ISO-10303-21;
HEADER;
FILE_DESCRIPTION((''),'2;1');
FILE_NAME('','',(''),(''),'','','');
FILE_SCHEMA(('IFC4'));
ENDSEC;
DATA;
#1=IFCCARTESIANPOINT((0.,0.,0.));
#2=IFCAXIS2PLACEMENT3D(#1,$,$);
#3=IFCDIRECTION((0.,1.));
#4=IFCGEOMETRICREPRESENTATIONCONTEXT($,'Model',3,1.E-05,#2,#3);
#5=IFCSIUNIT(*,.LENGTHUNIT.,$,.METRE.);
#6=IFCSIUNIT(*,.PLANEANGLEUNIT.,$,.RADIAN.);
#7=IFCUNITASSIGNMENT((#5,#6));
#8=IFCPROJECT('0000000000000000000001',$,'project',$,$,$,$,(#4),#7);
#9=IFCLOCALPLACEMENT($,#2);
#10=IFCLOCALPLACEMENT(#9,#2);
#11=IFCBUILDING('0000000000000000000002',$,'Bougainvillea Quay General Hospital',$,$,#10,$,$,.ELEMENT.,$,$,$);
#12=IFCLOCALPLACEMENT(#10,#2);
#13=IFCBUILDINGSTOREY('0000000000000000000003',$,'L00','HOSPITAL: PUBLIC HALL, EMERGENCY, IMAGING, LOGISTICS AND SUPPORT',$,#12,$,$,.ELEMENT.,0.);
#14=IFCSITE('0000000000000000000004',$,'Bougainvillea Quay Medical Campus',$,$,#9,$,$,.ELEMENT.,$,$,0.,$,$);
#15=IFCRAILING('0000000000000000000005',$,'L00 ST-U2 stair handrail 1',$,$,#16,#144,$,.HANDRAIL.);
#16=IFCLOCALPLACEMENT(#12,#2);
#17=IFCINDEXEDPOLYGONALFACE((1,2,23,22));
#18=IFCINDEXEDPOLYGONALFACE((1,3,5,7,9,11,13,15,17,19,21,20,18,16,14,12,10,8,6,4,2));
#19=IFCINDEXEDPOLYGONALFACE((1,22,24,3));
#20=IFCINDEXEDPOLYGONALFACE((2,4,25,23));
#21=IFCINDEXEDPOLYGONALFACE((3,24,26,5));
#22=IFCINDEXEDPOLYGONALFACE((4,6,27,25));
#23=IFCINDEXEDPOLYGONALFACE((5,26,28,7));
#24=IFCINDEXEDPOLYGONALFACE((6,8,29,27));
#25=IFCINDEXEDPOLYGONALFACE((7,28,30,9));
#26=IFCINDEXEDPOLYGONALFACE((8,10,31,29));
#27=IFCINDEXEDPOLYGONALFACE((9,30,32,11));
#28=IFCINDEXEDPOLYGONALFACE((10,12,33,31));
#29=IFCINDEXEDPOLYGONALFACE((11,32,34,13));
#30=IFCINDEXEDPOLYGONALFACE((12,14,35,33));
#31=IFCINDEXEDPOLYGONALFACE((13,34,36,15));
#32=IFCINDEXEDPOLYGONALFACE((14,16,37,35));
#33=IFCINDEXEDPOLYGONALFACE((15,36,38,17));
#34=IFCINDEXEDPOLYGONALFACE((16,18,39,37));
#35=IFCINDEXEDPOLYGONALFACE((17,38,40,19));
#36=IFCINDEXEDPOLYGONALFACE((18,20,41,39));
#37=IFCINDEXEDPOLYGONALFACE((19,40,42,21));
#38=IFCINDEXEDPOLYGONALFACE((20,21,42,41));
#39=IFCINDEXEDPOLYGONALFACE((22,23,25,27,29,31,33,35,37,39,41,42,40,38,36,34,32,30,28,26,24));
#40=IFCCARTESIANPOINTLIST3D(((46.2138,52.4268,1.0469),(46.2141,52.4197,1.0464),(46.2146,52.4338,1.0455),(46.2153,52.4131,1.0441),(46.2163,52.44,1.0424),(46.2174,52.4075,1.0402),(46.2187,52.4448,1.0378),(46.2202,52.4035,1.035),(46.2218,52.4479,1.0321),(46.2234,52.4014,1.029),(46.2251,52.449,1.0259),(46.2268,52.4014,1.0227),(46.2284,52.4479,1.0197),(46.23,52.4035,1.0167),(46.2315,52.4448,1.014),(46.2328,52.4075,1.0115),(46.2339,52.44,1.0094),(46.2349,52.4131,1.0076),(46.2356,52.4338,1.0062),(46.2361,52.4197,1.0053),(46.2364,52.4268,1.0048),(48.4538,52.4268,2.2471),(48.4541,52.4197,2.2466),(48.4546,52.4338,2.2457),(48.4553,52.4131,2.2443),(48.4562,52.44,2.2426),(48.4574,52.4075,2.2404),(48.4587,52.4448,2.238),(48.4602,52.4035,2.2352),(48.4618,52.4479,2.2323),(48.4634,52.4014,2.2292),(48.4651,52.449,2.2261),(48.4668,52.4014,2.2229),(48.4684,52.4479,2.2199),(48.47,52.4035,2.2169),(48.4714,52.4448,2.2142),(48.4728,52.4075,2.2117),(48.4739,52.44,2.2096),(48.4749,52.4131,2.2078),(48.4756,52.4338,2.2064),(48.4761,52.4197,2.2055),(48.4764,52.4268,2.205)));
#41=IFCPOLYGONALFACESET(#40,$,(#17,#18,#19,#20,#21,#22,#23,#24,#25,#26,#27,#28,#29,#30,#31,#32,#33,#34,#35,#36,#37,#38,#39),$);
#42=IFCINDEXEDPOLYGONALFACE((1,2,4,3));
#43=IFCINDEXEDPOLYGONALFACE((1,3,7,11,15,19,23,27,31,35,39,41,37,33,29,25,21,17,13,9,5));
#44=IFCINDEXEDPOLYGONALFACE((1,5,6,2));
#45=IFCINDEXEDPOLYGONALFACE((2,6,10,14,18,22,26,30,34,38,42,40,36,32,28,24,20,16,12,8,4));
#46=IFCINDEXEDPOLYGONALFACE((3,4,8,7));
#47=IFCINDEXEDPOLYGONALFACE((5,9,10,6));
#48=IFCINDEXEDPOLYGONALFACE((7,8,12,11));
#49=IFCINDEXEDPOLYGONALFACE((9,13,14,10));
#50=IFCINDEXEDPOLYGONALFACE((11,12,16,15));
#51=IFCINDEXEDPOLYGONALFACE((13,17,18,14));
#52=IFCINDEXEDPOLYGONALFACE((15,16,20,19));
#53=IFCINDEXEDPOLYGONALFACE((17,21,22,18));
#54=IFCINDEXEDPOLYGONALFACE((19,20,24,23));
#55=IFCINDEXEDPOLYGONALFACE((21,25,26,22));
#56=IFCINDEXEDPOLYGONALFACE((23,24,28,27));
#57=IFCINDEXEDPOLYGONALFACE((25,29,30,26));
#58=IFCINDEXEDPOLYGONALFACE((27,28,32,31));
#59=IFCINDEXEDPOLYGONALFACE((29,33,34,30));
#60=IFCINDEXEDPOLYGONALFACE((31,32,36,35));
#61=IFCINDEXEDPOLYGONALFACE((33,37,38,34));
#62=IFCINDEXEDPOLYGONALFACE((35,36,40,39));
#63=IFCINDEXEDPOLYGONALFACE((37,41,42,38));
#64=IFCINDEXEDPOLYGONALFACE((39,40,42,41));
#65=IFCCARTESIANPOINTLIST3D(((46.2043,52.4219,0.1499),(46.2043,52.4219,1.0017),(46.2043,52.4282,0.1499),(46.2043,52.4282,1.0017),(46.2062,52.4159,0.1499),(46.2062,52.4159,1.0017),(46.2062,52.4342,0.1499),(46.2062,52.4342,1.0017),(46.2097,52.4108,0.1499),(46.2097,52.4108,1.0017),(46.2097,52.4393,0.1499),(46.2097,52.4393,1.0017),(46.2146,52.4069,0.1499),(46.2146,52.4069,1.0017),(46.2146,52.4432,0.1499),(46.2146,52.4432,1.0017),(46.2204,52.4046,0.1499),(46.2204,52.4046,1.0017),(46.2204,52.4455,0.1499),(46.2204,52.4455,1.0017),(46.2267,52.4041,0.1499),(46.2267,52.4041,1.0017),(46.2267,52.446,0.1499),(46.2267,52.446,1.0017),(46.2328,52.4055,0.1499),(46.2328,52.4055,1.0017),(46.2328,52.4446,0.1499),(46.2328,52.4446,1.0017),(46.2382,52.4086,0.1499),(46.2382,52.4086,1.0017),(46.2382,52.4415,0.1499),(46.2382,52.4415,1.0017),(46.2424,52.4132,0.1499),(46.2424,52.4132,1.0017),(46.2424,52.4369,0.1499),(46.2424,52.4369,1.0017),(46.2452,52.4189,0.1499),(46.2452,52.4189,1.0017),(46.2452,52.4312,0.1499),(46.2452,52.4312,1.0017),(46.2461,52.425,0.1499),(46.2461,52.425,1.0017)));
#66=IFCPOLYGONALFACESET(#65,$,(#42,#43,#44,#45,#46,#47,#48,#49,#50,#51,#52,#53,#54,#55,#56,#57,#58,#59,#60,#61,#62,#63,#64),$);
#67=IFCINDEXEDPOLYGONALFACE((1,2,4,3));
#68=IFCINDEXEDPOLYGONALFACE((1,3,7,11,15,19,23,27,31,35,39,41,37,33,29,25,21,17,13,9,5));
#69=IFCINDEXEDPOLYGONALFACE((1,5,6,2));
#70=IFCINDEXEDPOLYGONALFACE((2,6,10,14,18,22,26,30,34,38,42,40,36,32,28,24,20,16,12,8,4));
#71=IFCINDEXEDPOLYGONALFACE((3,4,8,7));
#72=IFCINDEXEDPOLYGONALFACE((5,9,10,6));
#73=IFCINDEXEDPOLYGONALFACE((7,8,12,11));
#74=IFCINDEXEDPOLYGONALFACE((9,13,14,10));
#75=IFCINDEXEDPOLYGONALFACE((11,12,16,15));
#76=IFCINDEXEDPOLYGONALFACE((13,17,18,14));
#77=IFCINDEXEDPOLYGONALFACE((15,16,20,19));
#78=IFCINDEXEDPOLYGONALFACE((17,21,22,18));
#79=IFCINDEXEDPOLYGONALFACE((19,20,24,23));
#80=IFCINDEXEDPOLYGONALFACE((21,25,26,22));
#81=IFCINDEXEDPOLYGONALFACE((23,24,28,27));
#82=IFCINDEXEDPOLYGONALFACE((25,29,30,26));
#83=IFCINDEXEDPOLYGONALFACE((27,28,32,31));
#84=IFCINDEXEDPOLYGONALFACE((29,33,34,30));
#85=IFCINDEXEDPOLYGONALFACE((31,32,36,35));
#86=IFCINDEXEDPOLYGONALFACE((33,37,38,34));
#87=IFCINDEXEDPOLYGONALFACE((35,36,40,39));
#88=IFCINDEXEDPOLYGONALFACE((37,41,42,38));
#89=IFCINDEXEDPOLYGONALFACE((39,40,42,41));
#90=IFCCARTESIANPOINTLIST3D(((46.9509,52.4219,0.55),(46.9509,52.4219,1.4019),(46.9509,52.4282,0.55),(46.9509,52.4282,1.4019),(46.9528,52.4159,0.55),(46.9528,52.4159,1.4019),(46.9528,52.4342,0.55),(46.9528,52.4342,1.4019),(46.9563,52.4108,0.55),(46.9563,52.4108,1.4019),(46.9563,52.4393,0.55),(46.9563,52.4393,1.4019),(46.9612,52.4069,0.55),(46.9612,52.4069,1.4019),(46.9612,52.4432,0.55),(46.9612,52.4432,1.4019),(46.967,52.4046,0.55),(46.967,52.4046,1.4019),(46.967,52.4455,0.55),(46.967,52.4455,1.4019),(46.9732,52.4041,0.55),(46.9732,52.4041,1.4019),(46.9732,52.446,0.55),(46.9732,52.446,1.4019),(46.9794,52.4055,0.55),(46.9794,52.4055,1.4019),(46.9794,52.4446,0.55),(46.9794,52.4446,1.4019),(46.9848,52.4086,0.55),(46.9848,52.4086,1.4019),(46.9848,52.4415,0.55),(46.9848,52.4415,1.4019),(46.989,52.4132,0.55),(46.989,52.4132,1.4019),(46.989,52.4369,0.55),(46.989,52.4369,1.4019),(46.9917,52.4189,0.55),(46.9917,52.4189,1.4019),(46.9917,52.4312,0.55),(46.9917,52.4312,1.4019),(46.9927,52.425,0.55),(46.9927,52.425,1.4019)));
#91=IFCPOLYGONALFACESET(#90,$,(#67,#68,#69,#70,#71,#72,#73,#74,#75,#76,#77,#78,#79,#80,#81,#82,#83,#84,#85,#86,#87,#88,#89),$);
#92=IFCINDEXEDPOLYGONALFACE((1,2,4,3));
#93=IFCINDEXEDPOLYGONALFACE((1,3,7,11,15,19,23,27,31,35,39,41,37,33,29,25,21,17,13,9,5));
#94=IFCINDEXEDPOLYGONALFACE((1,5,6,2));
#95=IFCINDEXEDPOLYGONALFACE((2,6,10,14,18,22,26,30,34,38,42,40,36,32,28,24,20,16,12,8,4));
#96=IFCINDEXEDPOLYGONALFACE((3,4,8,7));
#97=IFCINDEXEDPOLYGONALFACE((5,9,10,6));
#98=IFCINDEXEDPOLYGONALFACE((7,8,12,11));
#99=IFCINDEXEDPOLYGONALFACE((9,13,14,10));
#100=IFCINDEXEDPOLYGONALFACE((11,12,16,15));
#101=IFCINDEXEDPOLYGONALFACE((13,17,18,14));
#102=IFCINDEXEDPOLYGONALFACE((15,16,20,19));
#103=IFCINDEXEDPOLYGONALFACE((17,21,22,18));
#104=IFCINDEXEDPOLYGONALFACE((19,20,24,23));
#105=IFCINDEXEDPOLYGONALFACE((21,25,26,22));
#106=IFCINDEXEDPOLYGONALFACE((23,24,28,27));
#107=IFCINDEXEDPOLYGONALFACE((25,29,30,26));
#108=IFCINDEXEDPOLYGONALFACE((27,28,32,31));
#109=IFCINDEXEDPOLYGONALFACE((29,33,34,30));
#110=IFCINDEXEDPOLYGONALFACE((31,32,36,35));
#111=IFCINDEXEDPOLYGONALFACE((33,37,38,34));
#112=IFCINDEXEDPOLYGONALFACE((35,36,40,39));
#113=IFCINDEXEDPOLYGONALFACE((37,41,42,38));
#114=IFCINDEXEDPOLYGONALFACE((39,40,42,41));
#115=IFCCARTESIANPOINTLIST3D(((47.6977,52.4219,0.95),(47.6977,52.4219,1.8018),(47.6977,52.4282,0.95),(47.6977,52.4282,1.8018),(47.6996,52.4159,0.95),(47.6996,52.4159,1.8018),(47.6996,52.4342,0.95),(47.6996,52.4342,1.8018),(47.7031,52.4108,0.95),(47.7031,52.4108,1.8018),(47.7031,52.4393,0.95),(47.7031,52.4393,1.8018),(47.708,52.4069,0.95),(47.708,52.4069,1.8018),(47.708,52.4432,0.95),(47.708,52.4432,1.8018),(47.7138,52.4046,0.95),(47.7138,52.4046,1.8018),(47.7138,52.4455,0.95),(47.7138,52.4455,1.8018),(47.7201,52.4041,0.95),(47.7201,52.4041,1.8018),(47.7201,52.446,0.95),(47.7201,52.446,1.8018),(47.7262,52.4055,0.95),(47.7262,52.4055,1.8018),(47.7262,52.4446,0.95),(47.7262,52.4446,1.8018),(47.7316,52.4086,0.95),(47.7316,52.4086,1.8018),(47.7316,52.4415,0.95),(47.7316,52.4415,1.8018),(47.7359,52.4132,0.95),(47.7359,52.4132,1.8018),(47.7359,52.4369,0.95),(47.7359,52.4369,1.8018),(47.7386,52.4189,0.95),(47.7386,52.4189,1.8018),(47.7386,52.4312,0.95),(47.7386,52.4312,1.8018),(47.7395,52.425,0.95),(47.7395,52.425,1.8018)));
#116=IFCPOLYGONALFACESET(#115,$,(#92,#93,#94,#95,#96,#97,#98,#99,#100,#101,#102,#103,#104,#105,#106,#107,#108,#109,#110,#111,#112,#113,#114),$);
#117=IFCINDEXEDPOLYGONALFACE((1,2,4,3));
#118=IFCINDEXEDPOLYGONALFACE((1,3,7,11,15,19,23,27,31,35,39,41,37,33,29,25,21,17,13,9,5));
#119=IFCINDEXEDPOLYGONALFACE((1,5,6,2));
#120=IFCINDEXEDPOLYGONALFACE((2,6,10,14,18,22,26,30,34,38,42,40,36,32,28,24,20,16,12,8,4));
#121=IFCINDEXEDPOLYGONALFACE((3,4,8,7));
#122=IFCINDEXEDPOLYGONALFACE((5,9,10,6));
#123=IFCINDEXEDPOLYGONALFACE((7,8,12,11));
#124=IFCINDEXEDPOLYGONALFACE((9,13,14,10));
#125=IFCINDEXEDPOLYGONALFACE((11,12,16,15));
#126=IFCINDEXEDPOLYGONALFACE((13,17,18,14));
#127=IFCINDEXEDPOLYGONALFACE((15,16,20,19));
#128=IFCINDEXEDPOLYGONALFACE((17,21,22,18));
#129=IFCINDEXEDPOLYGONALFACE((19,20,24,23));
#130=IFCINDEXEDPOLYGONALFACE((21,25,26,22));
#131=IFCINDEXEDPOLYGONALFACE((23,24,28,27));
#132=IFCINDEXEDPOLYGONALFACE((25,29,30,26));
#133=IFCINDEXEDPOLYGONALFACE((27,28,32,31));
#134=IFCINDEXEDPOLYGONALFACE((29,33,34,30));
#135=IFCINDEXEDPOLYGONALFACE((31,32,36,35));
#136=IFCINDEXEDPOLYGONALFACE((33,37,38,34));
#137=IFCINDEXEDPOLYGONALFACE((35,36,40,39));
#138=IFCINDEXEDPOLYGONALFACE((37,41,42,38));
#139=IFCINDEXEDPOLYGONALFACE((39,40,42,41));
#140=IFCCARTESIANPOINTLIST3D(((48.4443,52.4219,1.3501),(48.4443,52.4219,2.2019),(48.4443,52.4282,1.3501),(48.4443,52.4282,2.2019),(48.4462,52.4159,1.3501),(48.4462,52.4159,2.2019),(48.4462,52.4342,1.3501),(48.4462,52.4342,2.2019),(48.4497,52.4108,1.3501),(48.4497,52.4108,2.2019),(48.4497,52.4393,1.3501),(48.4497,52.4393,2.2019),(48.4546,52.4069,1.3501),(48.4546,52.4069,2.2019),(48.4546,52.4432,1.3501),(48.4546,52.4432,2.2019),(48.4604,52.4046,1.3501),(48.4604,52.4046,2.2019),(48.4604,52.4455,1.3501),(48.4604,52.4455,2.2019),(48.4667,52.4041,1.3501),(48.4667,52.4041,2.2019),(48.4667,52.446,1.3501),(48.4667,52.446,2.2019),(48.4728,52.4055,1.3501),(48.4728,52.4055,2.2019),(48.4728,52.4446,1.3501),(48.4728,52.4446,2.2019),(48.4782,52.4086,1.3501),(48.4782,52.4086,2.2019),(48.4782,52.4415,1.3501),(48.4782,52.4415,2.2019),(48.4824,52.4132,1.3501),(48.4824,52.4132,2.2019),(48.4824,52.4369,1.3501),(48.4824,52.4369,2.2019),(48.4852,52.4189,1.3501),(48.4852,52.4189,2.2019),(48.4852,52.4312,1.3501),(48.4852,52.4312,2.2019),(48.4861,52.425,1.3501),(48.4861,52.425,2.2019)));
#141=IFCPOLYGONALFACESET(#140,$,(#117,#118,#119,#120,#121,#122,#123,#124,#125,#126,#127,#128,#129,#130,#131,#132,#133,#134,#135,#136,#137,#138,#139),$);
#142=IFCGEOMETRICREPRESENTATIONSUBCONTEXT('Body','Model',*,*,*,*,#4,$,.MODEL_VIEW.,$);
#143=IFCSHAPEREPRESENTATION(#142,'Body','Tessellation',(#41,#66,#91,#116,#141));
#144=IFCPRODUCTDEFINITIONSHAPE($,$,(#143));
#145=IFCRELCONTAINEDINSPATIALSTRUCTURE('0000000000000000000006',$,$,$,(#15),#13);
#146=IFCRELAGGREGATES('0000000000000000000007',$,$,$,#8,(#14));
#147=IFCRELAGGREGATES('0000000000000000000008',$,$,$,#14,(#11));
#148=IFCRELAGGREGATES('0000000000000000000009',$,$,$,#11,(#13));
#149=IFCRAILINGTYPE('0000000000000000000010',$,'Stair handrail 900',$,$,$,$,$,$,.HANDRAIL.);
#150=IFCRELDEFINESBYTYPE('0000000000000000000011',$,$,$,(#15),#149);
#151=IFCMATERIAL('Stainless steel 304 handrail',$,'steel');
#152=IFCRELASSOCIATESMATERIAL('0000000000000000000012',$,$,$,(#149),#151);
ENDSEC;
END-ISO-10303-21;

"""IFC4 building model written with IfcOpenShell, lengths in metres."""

from ifc_helpers import new_model, si_unit, direction, frame, origin, origin_2d, place, context, subcontext, project, spatial, circle, extrude, material, type_object, element, save


model = new_model("IFC4")

# Units and contexts
model_context = context("Model", 3, precision=1e-05, world=origin(), true_north=direction((0.0, 1.0)))
body_context = subcontext(model_context, "Body", "Model", "MODEL_VIEW")
ifc_project = project(units=[si_unit("LENGTHUNIT", "METRE"), si_unit("PLANEANGLEUNIT", "RADIAN")], contexts=[model_context])

# Site, building, storey
site_placement = place(None, origin())
site = spatial("IfcSite", under=ifc_project, at=site_placement, Name="Bougainvillea Quay Medical Campus", CompositionType="ELEMENT", RefElevation=0.0)
building_placement = place(site_placement, origin())
building = spatial("IfcBuilding", under=site, at=building_placement, Name="Bougainvillea Quay General Hospital", CompositionType="ELEMENT")
storey_placement = place(building_placement, origin())
storey = spatial("IfcBuildingStorey", under=building, at=storey_placement, Name="L00", Description="HOSPITAL: PUBLIC HALL, EMERGENCY, IMAGING, LOGISTICS AND SUPPORT", CompositionType="ELEMENT", Elevation=0.0)

# Railing
ifc_material_1 = material(Name="Stainless steel 304 handrail", Category="steel")
railing_type_1 = type_object("IfcRailingType", Name="Stair handrail 900", PredefinedType="HANDRAIL", material=ifc_material_1)
railing_1_placement = place(storey_placement, frame((46.2251, 52.425, 0.1499)))
element("IfcRailing", 1, at=railing_1_placement, inside=storey, type_object=railing_type_1, Name="L00 ST-U2 stair handrail 1", PredefinedType="HANDRAIL", context=body_context, shape_type="SweptSolid", body=[
    extrude(circle(Radius=0.0239, at=origin_2d()), frame((0.0, 0.0, 0.876), z_axis=(0.881447, 0.0, 0.472283), x_axis=(0.0, 1.0, 0.0)), (0.0, 0.0, 1.0), 2.5413),
    extrude(circle(Radius=0.021, at=origin_2d()), origin(), (0.0, 0.0, 1.0), 0.8518),
    extrude(circle(Radius=0.021, at=origin_2d()), frame((0.7466, 0.0, 0.4001)), (0.0, 0.0, 1.0), 0.8518),
    extrude(circle(Radius=0.021, at=origin_2d()), frame((1.4934, 0.0, 0.8)), (0.0, 0.0, 1.0), 0.8518),
    extrude(circle(Radius=0.021, at=origin_2d()), frame((2.24, 0.0, 1.2002)), (0.0, 0.0, 1.0), 0.8518),
])

save(model, "model.ifc")
